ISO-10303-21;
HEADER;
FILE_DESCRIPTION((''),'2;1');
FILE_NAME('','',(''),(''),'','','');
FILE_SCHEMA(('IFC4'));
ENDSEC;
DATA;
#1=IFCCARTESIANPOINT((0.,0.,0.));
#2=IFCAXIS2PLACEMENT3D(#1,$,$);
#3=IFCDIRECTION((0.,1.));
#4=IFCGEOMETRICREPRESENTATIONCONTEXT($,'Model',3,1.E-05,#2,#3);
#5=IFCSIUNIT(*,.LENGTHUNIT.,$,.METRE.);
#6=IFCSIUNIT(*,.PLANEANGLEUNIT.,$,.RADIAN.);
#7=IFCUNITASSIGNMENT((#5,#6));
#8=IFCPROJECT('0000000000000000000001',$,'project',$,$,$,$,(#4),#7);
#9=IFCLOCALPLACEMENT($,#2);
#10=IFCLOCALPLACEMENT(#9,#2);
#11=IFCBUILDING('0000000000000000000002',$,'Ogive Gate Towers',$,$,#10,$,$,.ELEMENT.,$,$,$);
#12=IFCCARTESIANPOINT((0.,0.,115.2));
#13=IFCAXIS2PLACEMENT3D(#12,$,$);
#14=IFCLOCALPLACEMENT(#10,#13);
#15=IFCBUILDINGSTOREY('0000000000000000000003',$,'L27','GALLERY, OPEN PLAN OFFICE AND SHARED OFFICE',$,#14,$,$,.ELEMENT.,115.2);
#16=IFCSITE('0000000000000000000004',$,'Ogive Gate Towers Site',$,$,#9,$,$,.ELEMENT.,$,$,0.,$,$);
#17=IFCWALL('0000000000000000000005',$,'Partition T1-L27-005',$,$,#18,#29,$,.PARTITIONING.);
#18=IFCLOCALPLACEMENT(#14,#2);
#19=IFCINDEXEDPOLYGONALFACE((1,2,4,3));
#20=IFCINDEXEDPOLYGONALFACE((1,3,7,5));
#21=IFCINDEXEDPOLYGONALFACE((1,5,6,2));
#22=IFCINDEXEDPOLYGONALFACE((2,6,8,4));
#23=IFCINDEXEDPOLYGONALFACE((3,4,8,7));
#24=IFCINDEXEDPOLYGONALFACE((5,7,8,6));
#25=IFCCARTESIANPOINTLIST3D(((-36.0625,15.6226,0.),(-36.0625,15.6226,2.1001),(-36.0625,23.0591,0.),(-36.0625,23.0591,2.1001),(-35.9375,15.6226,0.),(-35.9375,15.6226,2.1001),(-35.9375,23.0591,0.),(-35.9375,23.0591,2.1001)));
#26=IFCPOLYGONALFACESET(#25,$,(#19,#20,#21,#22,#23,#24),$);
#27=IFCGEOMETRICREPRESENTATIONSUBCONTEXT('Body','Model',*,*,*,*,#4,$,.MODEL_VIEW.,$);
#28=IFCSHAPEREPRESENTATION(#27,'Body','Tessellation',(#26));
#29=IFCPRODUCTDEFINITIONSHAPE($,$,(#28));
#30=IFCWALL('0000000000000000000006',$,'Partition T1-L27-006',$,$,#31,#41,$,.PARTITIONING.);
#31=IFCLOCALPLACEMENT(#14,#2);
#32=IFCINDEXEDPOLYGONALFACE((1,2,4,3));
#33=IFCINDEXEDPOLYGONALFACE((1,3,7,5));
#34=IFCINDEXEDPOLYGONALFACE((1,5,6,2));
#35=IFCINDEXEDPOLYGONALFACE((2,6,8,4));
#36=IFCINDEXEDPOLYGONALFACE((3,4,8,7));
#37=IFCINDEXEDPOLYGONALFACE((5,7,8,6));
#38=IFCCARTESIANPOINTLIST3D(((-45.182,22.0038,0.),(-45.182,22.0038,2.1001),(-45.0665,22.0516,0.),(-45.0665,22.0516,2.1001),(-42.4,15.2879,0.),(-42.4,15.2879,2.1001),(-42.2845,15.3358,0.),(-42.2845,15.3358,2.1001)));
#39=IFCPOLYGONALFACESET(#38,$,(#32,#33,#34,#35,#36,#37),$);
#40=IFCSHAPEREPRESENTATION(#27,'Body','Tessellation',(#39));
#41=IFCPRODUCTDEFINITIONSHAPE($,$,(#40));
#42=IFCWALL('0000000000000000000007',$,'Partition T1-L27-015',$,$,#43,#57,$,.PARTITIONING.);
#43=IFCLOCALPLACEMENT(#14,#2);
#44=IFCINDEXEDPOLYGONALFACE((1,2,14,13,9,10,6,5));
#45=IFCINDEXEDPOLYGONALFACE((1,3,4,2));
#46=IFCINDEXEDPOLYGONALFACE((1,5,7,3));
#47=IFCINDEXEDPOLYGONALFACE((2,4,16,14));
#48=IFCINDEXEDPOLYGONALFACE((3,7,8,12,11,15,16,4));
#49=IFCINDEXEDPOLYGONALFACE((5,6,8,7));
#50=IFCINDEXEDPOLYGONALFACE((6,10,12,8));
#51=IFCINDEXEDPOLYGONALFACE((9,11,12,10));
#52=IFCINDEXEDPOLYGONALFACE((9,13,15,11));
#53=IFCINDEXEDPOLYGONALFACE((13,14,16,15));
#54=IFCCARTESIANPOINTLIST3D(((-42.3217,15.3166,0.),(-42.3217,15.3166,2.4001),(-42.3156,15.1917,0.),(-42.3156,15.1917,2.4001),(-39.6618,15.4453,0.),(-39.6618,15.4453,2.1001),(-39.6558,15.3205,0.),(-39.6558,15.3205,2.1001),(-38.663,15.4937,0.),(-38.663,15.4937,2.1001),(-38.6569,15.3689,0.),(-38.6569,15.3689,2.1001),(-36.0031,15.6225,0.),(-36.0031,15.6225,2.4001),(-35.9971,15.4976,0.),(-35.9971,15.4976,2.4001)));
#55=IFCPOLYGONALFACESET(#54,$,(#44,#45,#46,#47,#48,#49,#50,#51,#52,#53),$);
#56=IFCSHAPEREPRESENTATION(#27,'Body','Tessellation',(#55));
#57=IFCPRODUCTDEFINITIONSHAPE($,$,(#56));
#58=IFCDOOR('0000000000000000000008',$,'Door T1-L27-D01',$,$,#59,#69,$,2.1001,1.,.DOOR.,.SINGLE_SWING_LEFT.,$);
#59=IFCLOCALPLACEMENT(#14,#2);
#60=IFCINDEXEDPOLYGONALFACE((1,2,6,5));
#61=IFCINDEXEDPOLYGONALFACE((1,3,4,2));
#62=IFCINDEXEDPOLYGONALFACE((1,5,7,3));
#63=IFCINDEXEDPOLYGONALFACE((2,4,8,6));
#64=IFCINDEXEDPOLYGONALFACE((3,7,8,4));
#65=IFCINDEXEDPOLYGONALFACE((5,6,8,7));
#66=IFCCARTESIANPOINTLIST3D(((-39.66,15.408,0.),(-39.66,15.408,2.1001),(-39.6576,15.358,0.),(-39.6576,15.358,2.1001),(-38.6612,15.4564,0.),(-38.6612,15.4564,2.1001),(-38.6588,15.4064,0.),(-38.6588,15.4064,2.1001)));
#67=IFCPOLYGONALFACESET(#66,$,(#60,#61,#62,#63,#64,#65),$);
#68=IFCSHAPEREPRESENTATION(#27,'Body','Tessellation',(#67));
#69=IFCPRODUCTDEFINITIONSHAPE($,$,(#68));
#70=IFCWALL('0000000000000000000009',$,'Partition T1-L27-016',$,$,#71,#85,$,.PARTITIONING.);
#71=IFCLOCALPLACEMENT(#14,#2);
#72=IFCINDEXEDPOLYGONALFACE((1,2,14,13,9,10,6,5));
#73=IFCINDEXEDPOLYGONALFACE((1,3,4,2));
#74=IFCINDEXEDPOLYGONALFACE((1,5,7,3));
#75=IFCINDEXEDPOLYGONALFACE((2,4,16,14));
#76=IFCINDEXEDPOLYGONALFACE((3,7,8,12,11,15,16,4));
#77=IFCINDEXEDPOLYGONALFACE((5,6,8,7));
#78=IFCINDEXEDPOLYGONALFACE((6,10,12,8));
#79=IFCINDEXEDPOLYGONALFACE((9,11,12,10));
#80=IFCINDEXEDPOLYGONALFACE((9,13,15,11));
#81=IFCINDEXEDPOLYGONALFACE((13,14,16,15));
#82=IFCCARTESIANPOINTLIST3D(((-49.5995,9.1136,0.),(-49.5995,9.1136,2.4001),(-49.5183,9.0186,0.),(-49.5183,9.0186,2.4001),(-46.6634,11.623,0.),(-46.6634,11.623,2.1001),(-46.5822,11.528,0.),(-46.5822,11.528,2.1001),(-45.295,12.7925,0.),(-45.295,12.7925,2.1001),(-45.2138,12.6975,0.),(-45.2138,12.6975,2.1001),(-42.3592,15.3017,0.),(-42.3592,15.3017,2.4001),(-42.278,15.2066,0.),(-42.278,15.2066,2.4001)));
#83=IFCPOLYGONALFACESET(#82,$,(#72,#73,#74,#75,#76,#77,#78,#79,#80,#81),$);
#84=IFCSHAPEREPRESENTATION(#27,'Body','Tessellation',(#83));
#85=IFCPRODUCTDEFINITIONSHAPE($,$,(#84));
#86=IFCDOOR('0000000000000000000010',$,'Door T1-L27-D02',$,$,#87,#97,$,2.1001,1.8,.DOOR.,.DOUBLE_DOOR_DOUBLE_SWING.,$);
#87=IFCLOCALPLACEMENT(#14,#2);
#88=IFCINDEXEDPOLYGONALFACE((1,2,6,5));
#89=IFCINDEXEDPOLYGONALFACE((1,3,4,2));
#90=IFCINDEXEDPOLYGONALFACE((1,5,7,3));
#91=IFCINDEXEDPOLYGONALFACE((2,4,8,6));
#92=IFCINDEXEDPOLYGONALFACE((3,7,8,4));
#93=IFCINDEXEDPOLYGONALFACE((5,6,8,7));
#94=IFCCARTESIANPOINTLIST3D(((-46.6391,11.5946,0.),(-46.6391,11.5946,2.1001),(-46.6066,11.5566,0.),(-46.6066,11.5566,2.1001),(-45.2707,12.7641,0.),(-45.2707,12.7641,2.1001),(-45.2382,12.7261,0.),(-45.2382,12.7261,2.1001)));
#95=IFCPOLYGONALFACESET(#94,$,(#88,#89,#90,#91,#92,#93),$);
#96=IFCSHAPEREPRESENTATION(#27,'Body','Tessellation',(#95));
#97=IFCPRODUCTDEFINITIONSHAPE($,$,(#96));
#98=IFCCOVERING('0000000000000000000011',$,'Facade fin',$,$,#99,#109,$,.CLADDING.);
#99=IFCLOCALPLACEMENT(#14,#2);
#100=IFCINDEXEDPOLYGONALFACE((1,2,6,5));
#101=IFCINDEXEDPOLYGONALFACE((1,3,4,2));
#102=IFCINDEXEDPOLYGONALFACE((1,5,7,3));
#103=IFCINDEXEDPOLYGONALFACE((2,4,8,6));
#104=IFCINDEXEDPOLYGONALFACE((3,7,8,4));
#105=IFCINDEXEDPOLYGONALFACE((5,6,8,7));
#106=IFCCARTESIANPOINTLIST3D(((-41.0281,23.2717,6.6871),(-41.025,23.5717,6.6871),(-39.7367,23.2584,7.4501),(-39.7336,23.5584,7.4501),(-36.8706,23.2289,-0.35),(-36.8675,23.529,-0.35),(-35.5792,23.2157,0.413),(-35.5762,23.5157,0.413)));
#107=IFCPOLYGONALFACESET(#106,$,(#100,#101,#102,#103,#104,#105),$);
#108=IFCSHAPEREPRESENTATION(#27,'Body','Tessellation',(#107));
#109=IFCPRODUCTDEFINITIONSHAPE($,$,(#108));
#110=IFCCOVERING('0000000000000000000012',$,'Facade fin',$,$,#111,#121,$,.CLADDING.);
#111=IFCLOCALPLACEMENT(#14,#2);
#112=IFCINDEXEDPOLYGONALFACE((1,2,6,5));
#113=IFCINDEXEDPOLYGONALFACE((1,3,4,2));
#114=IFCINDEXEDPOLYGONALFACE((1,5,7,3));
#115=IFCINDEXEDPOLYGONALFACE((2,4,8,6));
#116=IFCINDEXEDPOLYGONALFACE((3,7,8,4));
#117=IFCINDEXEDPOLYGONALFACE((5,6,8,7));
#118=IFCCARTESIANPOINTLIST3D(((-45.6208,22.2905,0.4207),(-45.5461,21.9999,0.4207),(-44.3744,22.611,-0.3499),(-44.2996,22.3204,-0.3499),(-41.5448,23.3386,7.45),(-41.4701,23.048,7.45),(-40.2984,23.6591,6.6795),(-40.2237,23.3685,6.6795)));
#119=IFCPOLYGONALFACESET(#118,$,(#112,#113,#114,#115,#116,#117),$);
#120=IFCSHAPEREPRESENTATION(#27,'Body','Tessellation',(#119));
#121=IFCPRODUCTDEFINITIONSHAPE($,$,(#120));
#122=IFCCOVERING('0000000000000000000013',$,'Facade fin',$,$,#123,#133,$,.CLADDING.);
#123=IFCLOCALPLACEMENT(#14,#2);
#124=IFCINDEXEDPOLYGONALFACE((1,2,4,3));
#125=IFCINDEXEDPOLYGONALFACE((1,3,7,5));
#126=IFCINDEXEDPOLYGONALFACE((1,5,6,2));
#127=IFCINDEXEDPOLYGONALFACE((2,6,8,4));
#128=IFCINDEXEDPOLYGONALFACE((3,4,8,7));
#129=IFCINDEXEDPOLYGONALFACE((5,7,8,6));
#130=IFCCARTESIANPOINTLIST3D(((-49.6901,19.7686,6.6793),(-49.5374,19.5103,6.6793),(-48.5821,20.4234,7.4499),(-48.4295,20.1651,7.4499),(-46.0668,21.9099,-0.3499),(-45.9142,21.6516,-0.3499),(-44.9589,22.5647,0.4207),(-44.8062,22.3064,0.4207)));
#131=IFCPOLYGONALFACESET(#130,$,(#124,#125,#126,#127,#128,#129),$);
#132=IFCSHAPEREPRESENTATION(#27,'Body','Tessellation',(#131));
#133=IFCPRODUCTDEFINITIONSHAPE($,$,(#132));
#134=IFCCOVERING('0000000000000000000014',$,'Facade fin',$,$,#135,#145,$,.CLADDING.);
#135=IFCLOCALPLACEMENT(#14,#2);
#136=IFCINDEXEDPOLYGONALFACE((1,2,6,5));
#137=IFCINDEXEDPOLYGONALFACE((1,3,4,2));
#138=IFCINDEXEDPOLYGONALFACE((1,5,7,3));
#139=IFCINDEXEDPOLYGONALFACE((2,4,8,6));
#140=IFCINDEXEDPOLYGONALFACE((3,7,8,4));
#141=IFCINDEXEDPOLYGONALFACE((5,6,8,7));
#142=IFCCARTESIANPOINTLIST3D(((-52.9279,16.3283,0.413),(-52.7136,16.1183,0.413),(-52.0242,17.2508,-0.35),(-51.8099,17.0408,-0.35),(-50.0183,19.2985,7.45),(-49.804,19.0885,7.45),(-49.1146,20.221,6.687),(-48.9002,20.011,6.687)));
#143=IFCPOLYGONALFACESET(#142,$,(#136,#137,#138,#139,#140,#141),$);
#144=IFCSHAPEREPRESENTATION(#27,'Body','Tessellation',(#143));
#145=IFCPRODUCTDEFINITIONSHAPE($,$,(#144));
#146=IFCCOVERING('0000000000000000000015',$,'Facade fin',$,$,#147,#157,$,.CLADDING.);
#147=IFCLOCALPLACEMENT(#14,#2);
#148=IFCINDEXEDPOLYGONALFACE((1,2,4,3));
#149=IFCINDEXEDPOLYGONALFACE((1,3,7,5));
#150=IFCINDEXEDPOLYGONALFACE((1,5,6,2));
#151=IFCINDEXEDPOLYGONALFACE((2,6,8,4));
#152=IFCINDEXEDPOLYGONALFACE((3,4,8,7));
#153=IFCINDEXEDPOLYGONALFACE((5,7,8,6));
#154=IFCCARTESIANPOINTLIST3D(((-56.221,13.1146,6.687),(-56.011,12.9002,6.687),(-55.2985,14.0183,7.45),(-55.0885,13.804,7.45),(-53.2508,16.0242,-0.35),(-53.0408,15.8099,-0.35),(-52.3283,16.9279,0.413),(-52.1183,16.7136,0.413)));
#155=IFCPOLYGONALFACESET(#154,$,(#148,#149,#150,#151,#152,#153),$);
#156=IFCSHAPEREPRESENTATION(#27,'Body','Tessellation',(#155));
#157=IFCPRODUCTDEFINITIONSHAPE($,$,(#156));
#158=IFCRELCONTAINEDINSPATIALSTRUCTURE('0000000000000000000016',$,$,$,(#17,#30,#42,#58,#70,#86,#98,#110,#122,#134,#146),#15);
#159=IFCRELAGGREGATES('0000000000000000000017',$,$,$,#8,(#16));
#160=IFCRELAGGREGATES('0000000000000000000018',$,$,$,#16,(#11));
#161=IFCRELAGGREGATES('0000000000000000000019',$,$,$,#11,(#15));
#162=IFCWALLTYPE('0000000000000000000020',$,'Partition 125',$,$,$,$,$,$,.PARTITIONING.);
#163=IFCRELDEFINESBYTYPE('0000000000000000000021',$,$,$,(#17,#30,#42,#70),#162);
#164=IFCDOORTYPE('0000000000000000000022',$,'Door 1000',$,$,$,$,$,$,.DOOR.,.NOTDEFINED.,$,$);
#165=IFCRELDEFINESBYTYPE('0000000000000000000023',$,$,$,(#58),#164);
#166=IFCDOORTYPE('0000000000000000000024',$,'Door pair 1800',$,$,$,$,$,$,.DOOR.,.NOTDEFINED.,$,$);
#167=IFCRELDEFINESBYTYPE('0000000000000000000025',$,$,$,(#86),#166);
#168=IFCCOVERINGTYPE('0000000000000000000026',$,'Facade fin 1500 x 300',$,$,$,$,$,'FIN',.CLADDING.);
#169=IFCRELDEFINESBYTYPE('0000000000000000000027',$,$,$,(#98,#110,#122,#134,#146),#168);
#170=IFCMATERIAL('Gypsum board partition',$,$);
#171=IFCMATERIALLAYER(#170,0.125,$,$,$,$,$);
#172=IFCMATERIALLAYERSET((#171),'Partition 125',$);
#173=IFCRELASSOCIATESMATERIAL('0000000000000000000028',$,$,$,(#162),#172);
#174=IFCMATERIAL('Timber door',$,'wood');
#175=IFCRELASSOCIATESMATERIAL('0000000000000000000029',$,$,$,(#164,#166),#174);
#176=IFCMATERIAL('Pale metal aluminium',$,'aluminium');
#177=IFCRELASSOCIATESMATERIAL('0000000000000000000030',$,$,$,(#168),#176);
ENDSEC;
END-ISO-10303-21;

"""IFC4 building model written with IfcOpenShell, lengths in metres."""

from ifc_helpers import new_model, si_unit, direction, frame, frame_2d, origin, origin_2d, place, context, subcontext, project, spatial, rectangle, extrude, material, layer, layer_set, material_profile, profile_set, type_object, element, fill, save


model = new_model("IFC4")

# Units and contexts
model_context = context("Model", 3, precision=1e-05, world=origin(), true_north=direction((0.0, 1.0)))
body_context = subcontext(model_context, "Body", "Model", "MODEL_VIEW")
ifc_project = project(units=[si_unit("LENGTHUNIT", "METRE"), si_unit("PLANEANGLEUNIT", "RADIAN")], contexts=[model_context])

# Site, building, storey
site_placement = place(None, origin())
site = spatial("IfcSite", under=ifc_project, at=site_placement, Name="Ogive Gate Towers Site", CompositionType="ELEMENT", RefElevation=0.0)
building_placement = place(site_placement, origin())
building = spatial("IfcBuilding", under=site, at=building_placement, Name="Ogive Gate Towers", CompositionType="ELEMENT")
storey_placement = place(building_placement, frame((0.0, 0.0, 115.2)))
storey = spatial("IfcBuildingStorey", under=building, at=storey_placement, Name="L27", Description="GALLERY, OPEN PLAN OFFICE AND SHARED OFFICE", CompositionType="ELEMENT", Elevation=115.2)

# Shared definitions
ifc_material_1 = material(Name="Pale metal aluminium", Category="aluminium")

# Walls
ifc_material_2 = material(Name="Gypsum board partition")
ifc_layer_1 = layer(ifc_material_2, 0.125)
ifc_layer_set_1 = layer_set([ifc_layer_1], Name="Partition 125")
wall_type = type_object("IfcWallType", Name="Partition 125", PredefinedType="PARTITIONING", material=ifc_layer_set_1)
wall_1_placement = place(storey_placement, frame((-36.0, 23.0591, 0.0), z_axis=(0.0, 0.0, 1.0), x_axis=(0.0, -1.0, 0.0)))
element("IfcWall", 1, at=wall_1_placement, inside=storey, type_object=wall_type, Name="Partition T1-L27-005", PredefinedType="PARTITIONING", context=body_context, shape_type="SweptSolid", body=[
    extrude(rectangle(XDim=7.4365, YDim=0.125, at=frame_2d((3.7183, 0.0))), origin(), (0.0, 0.0, 1.0), 2.1001),
])
wall_2_placement = place(storey_placement, frame((-45.1243, 22.0278, 0.0), z_axis=(0.0, 0.0, 1.0), x_axis=(0.382707, -0.92387, 0.0)))
element("IfcWall", 2, at=wall_2_placement, inside=storey, type_object=wall_type, Name="Partition T1-L27-006", PredefinedType="PARTITIONING", context=body_context, shape_type="SweptSolid", body=[
    extrude(rectangle(XDim=7.2693, YDim=0.125, at=frame_2d((3.6348, 0.0))), origin(), (0.0, 0.0, 1.0), 2.1001),
])

# Walls, openings, doors
wall_3_placement = place(storey_placement, frame((-36.0, 15.5601, 0.0), z_axis=(0.0, 0.0, 1.0), x_axis=(-0.99883, -0.048357, 0.0)))
wall_3 = element("IfcWall", 3, at=wall_3_placement, inside=storey, type_object=wall_type, Name="Partition T1-L27-015", PredefinedType="PARTITIONING", context=body_context, shape_type="SweptSolid", body=[
    extrude(rectangle(XDim=6.3259, YDim=0.125, at=frame_2d((3.1631, 0.0))), origin(), (0.0, 0.0, 1.0), 2.4001),
])
opening_1_placement = place(wall_3_placement, frame((2.6631, 0.0, 0.0)))
opening_1 = element("IfcOpeningElement", 4, at=opening_1_placement, cuts=wall_3, PredefinedType="OPENING", context=body_context, shape_type="SweptSolid", body=[
    extrude(rectangle(XDim=1.0, YDim=2.1001, at=frame_2d((0.5, 1.05))), frame((0.0, 0.0725, 0.0), z_axis=(0.0, -1.0, 0.0), x_axis=(1.0, 0.0, 0.0)), (0.0, 0.0, 1.0), 0.145),
])
ifc_material_3 = material(Name="Timber door", Category="wood")
door_type_1 = type_object("IfcDoorType", Name="Door 1000", OperationType="NOTDEFINED", PredefinedType="DOOR", material=ifc_material_3)
door_1_placement = place(opening_1_placement, origin())
door_1 = element("IfcDoor", 5, at=door_1_placement, inside=storey, type_object=door_type_1, Name="Door T1-L27-D01", OperationType="SINGLE_SWING_LEFT", OverallHeight=2.1001, OverallWidth=1.0, PredefinedType="DOOR", context=body_context, shape_type="SweptSolid", body=[
    extrude(rectangle(XDim=1.0, YDim=2.1001, at=frame_2d((0.5, 1.05))), frame((0.0, 0.0249, 0.0), z_axis=(0.0, -1.0, 0.0), x_axis=(1.0, 0.0, 0.0)), (0.0, 0.0, 1.0), 0.05),
])
fill(opening_1, door_1)
wall_4_placement = place(storey_placement, frame((-42.3186, 15.2542, 0.0), z_axis=(0.0, 0.0, 1.0), x_axis=(-0.760186, -0.649706, 0.0)))
wall_4 = element("IfcWall", 6, at=wall_4_placement, inside=storey, type_object=wall_type, Name="Partition T1-L27-016", PredefinedType="PARTITIONING", context=body_context, shape_type="SweptSolid", body=[
    extrude(rectangle(XDim=9.5244, YDim=0.125, at=frame_2d((4.7622, 0.0))), origin(), (0.0, 0.0, 1.0), 2.4001),
])
opening_2_placement = place(wall_4_placement, frame((3.8621, 0.0, 0.0)))
opening_2 = element("IfcOpeningElement", 7, at=opening_2_placement, cuts=wall_4, PredefinedType="OPENING", context=body_context, shape_type="SweptSolid", body=[
    extrude(rectangle(XDim=1.8, YDim=2.1001, at=frame_2d((0.8999, 1.05))), frame((0.0, 0.0725, 0.0), z_axis=(0.0, -1.0, 0.0), x_axis=(1.0, 0.0, 0.0)), (0.0, 0.0, 1.0), 0.145),
])
door_type_2 = type_object("IfcDoorType", Name="Door pair 1800", OperationType="NOTDEFINED", PredefinedType="DOOR", material=ifc_material_3)
door_2_placement = place(opening_2_placement, origin())
door_2 = element("IfcDoor", 8, at=door_2_placement, inside=storey, type_object=door_type_2, Name="Door T1-L27-D02", OperationType="DOUBLE_DOOR_DOUBLE_SWING", OverallHeight=2.1001, OverallWidth=1.8, PredefinedType="DOOR", context=body_context, shape_type="SweptSolid", body=[
    extrude(rectangle(XDim=1.8, YDim=2.1001, at=frame_2d((0.8999, 1.05))), frame((0.0, 0.0249, 0.0), z_axis=(0.0, -1.0, 0.0), x_axis=(1.0, 0.0, 0.0)), (0.0, 0.0, 1.0), 0.05),
])
fill(opening_2, door_2)

# Coverings
ifc_material_profile_1 = material_profile(ifc_material_1, rectangle(XDim=0.3, YDim=1.5, at=origin_2d()), Name="1500 x 300 pale metal aluminium")
ifc_profile_set_1 = profile_set([ifc_material_profile_1], Name="Pale metal aluminium")
covering_type = type_object("IfcCoveringType", Name="Facade fin 1500 x 300", ElementType="FIN", PredefinedType="CLADDING", material=ifc_profile_set_1)
covering_placement = place(storey_placement, frame((-36.2234, 23.3723, 0.0315), z_axis=(-0.508648, 0.005227, 0.860959), x_axis=(-0.010276, -0.999947, 0.0)))
element("IfcCovering", 9, at=covering_placement, inside=storey, type_object=covering_type, Name="Facade fin", PredefinedType="CLADDING", context=body_context, shape_type="SweptSolid", body=[
    extrude(rectangle(XDim=0.3, YDim=1.5, at=origin_2d()), origin(), (0.0, 0.0, 1.0), 8.1736),
])
for number, where, z_axis, x_axis, name in (
    (10, (-44.9602, 22.3054, 0.0354), (0.497498, 0.127928, 0.85798), (-0.249041, 0.968493, 0.0), "Facade fin"),
    (11, (-45.4365, 22.1082, 0.0354), (-0.442244, -0.261365, 0.857967), (0.508786, -0.860893, 0.0), "Facade fin"),
):
    element("IfcCovering", number, at=place(storey_placement, frame(where, z_axis=z_axis, x_axis=x_axis)), inside=storey, type_object=covering_type, Name=name, PredefinedType="CLADDING", context=body_context, shape_type="SweptSolid", body=[
        extrude(rectangle(XDim=0.3, YDim=1.5, at=origin_2d()), origin(), (0.0, 0.0, 1.0), 8.1929),
    ])
for number, where, z_axis, x_axis, name in (
    (12, (-52.3689, 16.6846, 0.0315), (0.35598, 0.363387, 0.860946), (-0.71435, 0.699788, 0.0), "Facade fin"),
    (13, (-52.6846, 16.3689, 0.0315), (-0.363387, -0.35598, 0.860946), (0.699788, -0.71435, 0.0), "Facade fin"),
):
    element("IfcCovering", number, at=place(storey_placement, frame(where, z_axis=z_axis, x_axis=x_axis)), inside=storey, type_object=covering_type, Name=name, PredefinedType="CLADDING", context=body_context, shape_type="SweptSolid", body=[
        extrude(rectangle(XDim=0.3, YDim=1.5, at=origin_2d()), origin(), (0.0, 0.0, 1.0), 8.1736),
    ])

save(model, "model.ifc")
